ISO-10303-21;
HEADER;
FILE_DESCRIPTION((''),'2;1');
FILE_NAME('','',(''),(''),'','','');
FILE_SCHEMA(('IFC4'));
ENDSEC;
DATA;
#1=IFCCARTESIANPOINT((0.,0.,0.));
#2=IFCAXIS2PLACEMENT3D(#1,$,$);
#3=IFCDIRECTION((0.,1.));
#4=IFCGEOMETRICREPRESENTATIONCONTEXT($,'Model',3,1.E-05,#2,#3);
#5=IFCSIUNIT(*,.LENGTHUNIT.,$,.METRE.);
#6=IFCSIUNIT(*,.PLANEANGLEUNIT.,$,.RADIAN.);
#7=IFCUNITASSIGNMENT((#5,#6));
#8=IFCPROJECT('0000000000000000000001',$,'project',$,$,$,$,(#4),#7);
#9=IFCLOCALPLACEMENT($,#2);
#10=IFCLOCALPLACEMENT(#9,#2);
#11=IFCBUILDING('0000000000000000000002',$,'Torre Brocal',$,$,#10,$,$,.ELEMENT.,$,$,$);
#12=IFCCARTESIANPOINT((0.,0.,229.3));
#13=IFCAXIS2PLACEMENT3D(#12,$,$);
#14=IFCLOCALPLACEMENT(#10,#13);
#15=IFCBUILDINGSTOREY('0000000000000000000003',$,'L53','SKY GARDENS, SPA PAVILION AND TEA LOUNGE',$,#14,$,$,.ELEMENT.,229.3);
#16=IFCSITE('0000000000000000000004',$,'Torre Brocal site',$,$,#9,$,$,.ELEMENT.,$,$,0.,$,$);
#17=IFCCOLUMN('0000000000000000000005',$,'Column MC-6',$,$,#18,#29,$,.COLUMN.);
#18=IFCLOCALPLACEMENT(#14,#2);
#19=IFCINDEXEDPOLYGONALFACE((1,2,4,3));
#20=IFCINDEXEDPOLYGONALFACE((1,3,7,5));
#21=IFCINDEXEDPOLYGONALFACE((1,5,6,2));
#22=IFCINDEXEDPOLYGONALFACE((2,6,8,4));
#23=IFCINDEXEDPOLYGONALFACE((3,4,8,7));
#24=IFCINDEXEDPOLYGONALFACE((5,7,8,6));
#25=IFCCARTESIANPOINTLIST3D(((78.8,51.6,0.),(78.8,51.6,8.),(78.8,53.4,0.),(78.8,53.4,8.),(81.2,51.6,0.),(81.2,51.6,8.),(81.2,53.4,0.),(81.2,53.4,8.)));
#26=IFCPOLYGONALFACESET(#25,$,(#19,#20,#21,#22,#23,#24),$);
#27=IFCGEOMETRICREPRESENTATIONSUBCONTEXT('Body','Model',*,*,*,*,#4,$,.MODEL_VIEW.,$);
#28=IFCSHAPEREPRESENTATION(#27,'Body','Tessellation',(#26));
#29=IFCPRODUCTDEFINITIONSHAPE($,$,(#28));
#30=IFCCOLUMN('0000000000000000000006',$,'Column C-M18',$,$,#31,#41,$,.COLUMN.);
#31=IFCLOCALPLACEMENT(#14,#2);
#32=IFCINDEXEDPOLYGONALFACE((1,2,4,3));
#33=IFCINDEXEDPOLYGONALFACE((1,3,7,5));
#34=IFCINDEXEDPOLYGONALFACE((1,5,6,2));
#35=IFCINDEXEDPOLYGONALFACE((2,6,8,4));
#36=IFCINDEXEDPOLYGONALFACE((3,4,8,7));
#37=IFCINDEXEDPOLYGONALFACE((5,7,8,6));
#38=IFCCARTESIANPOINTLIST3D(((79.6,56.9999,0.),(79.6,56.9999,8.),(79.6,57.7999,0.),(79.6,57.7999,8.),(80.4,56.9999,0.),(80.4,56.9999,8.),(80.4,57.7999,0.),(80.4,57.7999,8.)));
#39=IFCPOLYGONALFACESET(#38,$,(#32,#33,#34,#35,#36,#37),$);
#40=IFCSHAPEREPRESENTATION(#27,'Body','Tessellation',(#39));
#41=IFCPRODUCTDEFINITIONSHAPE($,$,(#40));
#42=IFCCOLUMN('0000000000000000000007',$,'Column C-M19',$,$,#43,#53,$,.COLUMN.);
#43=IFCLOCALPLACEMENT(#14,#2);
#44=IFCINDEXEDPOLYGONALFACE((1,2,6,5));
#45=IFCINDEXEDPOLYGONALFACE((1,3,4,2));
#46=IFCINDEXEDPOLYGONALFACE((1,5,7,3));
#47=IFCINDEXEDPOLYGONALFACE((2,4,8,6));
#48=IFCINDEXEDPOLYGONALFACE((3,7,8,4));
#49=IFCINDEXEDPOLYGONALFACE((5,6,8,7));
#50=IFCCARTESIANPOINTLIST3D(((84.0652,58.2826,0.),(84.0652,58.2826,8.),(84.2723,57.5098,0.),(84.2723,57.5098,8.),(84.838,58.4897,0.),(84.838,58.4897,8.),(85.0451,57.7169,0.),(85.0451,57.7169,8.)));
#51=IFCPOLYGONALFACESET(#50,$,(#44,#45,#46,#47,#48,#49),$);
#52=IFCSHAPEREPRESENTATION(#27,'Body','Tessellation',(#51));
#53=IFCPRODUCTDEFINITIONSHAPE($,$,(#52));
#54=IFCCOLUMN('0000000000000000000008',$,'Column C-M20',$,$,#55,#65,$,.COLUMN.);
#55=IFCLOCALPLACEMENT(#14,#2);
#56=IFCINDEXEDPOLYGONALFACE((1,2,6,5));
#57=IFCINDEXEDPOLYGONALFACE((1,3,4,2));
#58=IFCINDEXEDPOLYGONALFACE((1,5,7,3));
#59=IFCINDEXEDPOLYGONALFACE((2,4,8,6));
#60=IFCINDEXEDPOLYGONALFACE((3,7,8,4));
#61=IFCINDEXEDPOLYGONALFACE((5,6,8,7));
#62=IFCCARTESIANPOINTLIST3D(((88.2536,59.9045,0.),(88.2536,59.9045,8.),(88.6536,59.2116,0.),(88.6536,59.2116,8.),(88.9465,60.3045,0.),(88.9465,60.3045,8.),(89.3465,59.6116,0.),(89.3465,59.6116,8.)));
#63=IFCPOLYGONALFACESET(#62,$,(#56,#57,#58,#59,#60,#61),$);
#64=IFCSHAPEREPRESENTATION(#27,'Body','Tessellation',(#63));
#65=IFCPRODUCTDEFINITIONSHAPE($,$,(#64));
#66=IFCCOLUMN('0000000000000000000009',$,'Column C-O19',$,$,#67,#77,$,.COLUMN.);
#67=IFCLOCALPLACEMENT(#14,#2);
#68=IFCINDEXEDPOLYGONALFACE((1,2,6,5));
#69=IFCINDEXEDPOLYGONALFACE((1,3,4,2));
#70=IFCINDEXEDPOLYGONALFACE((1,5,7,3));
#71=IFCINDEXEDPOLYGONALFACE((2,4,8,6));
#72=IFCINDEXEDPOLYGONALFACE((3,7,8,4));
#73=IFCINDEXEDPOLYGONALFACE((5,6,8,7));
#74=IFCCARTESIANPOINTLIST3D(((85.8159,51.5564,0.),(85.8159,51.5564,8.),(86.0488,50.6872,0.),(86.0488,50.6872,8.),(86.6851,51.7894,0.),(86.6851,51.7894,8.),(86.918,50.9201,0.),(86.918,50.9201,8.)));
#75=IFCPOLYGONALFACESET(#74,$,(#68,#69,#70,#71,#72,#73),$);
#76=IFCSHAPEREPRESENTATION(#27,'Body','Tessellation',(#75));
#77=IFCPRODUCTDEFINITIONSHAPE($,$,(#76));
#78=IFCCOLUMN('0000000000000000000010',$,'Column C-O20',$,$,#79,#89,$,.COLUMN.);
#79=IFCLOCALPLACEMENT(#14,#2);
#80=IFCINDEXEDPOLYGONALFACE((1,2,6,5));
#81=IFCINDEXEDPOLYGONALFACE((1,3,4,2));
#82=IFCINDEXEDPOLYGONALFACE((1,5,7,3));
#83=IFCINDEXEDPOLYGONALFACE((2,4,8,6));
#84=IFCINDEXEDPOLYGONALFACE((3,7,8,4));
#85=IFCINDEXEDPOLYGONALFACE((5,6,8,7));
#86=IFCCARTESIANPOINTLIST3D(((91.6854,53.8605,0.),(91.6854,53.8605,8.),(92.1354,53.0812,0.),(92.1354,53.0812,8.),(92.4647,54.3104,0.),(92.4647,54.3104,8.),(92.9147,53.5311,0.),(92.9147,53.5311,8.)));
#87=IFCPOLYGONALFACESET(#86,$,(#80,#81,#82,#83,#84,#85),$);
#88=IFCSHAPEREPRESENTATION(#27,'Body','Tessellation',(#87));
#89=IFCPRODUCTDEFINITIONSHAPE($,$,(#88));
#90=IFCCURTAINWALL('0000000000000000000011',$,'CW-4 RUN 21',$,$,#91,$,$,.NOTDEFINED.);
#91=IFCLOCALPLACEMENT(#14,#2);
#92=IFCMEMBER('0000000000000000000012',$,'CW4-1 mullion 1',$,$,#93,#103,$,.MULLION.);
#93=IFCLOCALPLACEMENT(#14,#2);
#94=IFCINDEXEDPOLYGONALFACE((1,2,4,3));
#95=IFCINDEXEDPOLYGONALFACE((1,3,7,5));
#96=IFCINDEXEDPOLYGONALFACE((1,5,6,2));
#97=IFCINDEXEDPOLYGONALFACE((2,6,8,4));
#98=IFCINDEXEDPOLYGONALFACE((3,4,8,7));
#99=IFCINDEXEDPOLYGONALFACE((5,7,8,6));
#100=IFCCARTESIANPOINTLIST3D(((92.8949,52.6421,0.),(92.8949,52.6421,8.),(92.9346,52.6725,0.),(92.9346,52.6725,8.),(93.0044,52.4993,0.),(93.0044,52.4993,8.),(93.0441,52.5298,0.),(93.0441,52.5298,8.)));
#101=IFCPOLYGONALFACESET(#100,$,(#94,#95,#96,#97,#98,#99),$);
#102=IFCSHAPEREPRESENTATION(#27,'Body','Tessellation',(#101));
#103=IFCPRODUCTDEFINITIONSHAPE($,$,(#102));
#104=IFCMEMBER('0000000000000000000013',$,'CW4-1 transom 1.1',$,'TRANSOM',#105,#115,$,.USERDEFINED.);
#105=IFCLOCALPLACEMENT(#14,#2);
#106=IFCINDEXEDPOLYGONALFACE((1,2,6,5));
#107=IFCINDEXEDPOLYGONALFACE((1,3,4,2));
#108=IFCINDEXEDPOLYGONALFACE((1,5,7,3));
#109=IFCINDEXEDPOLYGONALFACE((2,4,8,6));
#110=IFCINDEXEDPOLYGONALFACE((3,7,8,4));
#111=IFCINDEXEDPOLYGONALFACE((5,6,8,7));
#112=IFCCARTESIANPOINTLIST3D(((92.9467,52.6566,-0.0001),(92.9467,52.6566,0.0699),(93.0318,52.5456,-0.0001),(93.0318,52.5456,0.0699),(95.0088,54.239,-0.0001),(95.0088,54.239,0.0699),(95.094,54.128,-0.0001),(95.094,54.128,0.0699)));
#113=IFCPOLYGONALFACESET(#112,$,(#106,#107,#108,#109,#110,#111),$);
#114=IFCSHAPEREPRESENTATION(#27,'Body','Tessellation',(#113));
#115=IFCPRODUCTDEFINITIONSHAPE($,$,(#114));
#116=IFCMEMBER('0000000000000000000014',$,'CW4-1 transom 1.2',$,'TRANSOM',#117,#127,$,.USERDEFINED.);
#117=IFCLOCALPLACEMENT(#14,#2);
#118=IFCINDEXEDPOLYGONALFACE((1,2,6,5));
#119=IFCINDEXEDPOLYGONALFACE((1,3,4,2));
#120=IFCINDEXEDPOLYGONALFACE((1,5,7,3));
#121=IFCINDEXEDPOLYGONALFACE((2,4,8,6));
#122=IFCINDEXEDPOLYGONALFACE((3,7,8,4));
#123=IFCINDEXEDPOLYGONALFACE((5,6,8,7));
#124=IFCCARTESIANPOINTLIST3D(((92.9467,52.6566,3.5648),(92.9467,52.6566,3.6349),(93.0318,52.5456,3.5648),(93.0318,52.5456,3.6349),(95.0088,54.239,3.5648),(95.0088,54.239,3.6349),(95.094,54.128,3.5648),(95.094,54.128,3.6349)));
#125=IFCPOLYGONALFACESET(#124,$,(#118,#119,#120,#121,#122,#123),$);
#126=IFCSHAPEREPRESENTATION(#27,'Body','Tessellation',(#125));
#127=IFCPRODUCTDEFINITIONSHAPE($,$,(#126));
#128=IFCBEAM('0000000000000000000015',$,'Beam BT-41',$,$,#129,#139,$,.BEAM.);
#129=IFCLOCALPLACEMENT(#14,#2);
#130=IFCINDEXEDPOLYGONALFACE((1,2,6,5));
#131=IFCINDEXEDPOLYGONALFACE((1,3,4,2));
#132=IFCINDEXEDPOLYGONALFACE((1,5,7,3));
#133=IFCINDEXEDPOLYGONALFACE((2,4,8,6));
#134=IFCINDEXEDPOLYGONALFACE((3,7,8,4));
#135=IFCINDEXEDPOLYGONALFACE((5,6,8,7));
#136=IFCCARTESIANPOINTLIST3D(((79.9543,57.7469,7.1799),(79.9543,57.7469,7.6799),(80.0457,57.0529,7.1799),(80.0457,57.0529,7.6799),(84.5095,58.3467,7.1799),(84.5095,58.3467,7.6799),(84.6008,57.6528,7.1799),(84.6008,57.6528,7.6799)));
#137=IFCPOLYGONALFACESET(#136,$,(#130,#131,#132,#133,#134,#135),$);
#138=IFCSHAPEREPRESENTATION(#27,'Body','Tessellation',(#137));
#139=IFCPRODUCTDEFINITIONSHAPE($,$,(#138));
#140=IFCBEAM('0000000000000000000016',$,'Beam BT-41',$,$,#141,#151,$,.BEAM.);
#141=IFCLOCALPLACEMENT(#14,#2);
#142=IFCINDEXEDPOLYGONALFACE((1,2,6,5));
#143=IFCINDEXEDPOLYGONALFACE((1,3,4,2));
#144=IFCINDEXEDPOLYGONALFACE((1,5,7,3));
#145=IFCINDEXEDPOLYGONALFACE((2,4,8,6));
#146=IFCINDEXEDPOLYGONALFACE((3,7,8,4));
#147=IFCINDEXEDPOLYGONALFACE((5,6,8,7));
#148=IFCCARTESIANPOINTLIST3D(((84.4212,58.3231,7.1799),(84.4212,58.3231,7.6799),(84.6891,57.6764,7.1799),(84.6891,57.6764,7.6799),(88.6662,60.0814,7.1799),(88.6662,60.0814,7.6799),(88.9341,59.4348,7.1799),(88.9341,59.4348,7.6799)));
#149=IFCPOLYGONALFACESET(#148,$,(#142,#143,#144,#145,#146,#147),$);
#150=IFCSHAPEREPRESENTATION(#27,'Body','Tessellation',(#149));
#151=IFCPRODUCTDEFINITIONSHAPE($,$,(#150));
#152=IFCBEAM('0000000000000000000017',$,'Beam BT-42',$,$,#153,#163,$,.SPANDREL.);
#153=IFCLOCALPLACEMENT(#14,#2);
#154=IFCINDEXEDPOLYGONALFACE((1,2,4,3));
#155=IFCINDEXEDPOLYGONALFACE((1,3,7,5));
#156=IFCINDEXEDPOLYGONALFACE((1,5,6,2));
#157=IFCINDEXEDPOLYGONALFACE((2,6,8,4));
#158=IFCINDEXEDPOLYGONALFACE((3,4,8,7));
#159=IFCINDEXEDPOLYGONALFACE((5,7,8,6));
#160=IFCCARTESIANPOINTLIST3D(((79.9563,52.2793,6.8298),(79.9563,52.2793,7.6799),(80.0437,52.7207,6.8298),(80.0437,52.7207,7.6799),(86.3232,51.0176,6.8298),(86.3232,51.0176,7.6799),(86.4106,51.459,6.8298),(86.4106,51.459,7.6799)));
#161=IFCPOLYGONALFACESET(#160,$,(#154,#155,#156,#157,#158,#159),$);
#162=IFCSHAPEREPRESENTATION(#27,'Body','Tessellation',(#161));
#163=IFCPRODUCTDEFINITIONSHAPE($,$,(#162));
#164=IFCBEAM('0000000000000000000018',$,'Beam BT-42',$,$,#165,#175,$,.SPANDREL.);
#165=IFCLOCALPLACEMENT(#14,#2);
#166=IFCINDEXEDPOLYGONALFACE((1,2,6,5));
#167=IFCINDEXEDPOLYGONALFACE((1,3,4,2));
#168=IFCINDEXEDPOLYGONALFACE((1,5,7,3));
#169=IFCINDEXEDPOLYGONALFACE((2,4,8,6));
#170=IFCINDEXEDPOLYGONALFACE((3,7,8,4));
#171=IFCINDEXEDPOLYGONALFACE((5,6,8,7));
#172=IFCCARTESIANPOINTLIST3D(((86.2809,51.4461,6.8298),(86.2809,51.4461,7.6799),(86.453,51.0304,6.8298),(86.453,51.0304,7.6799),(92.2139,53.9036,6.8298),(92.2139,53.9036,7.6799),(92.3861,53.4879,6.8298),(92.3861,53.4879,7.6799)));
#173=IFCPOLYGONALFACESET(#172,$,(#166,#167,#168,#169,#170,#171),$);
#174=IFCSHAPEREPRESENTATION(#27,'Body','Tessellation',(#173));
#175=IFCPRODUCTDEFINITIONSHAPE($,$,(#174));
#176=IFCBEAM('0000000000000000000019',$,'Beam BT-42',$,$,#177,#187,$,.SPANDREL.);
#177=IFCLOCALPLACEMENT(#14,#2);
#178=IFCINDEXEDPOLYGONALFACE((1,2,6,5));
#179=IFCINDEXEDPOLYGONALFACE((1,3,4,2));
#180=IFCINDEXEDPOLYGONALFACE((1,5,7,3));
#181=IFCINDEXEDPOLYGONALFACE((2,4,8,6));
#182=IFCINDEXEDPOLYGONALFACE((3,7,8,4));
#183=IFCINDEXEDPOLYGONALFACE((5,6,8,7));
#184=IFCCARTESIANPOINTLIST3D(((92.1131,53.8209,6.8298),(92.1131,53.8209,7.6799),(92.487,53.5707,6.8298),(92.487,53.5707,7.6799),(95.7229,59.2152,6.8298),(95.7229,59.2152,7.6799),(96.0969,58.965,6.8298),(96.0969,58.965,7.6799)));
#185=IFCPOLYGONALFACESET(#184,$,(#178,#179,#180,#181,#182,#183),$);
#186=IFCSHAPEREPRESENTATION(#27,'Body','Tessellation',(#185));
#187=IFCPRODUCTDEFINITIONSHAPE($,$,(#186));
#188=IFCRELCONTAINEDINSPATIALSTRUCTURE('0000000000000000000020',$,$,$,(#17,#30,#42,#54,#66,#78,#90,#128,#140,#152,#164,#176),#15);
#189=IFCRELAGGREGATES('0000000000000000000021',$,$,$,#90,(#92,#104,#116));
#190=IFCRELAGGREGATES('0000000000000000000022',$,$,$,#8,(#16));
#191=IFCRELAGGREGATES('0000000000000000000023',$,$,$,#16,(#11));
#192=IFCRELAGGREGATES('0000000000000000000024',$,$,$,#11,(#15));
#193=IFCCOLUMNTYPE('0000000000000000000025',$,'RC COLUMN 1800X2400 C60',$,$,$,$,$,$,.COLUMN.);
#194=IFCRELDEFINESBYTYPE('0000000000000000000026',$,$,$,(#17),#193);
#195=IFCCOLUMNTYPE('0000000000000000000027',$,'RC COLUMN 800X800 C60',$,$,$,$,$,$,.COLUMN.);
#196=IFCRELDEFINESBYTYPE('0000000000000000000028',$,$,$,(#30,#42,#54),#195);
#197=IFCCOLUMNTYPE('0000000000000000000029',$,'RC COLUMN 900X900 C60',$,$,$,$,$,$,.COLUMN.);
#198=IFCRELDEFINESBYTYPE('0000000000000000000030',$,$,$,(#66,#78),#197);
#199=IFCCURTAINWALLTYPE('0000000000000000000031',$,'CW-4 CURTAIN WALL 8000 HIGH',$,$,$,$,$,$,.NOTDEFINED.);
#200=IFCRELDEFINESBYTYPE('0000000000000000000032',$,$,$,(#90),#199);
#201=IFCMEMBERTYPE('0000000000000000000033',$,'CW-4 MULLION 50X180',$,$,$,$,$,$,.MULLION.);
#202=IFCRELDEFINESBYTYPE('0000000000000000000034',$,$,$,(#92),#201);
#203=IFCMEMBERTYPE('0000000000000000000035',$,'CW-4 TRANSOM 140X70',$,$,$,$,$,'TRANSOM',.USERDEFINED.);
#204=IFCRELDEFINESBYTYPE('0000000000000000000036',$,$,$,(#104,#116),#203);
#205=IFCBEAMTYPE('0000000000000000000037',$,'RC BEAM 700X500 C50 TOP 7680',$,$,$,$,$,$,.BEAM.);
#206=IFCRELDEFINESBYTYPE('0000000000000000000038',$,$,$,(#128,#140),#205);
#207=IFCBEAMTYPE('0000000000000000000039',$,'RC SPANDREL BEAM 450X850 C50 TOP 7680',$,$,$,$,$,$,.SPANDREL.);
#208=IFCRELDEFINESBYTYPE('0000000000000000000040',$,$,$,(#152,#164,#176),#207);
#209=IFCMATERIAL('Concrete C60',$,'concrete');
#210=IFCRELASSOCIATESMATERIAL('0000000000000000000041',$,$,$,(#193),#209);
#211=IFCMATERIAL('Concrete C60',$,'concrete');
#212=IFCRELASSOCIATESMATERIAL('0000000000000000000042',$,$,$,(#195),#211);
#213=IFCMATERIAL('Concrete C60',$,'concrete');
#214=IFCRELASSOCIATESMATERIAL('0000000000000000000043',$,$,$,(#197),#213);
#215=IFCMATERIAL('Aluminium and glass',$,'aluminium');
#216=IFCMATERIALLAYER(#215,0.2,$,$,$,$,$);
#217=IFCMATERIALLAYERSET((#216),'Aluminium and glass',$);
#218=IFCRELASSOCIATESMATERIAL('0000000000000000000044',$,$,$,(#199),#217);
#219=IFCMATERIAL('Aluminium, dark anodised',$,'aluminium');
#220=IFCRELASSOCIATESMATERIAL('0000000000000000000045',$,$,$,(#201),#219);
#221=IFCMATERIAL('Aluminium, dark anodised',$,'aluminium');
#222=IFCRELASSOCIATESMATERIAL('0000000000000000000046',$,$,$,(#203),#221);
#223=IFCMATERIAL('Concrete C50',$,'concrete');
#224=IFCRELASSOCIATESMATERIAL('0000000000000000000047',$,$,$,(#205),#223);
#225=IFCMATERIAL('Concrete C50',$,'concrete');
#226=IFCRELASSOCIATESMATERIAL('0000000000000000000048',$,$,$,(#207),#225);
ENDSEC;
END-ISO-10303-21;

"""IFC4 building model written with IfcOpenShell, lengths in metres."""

from ifc_helpers import new_model, si_unit, direction, frame, origin, origin_2d, place, context, subcontext, project, spatial, rectangle, extrude, material, layer, layer_set, material_profile, profile_set, type_object, element, aggregate, save


model = new_model("IFC4")

# Units and contexts
model_context = context("Model", 3, precision=1e-05, world=origin(), true_north=direction((0.0, 1.0)))
body_context = subcontext(model_context, "Body", "Model", "MODEL_VIEW")
ifc_project = project(units=[si_unit("LENGTHUNIT", "METRE"), si_unit("PLANEANGLEUNIT", "RADIAN")], contexts=[model_context])

# Site, building, storey
site_placement = place(None, origin())
site = spatial("IfcSite", under=ifc_project, at=site_placement, Name="Torre Brocal site", CompositionType="ELEMENT", RefElevation=0.0)
building_placement = place(site_placement, origin())
building = spatial("IfcBuilding", under=site, at=building_placement, Name="Torre Brocal", CompositionType="ELEMENT")
storey_placement = place(building_placement, frame((0.0, 0.0, 229.3)))
storey = spatial("IfcBuildingStorey", under=building, at=storey_placement, Name="L53", Description="SKY GARDENS, SPA PAVILION AND TEA LOUNGE", CompositionType="ELEMENT", Elevation=229.3)

# Columns
ifc_material_1 = material(Name="Concrete C60", Category="concrete")
ifc_material_profile_1 = material_profile(ifc_material_1, rectangle(XDim=1.8, YDim=2.3999, at=origin_2d()), Name="RC 1800X2400")
ifc_profile_set_1 = profile_set([ifc_material_profile_1], Name="Concrete C60")
column_type_1 = type_object("IfcColumnType", Name="RC COLUMN 1800X2400 C60", PredefinedType="COLUMN", material=ifc_profile_set_1)
column_placement = place(storey_placement, frame((80.0, 52.5, 0.0), z_axis=(0.0, 0.0, 1.0), x_axis=(0.0, -1.0, 0.0)))
element("IfcColumn", 1, at=column_placement, inside=storey, type_object=column_type_1, Name="Column MC-6", PredefinedType="COLUMN", context=body_context, shape_type="SweptSolid", body=[
    extrude(rectangle(XDim=1.8, YDim=2.3999, at=origin_2d()), origin(), (0.0, 0.0, 1.0), 8.0),
])
ifc_material_2 = material(Name="Concrete C60", Category="concrete")
ifc_material_profile_2 = material_profile(ifc_material_2, rectangle(XDim=0.8, YDim=0.8, at=origin_2d()), Name="RC 800X800")
ifc_profile_set_2 = profile_set([ifc_material_profile_2], Name="Concrete C60")
column_type_2 = type_object("IfcColumnType", Name="RC COLUMN 800X800 C60", PredefinedType="COLUMN", material=ifc_profile_set_2)
for number, where, z_axis, x_axis, name in (
    (2, (80.0, 57.3999, 0.0), (0.0, 0.0, 1.0), (0.0, -1.0, 0.0), "Column C-M18"),
    (3, (84.5552, 57.9998, 0.0), (0.0, 0.0, 1.0), (0.258819, -0.965926, 0.0), "Column C-M19"),
    (4, (88.8, 59.7581, 0.0), (0.0, 0.0, 1.0), (0.5, -0.866025, 0.0), "Column C-M20"),
):
    element("IfcColumn", number, at=place(storey_placement, frame(where, z_axis=z_axis, x_axis=x_axis)), inside=storey, type_object=column_type_2, Name=name, PredefinedType="COLUMN", context=body_context, shape_type="SweptSolid", body=[
        extrude(rectangle(XDim=0.8, YDim=0.8, at=origin_2d()), origin(), (0.0, 0.0, 1.0), 8.0),
    ])
ifc_material_3 = material(Name="Concrete C60", Category="concrete")
ifc_material_profile_3 = material_profile(ifc_material_3, rectangle(XDim=0.8999, YDim=0.8999, at=origin_2d()), Name="RC 900X900")
ifc_profile_set_3 = profile_set([ifc_material_profile_3], Name="Concrete C60")
column_type_3 = type_object("IfcColumnType", Name="RC COLUMN 900X900 C60", PredefinedType="COLUMN", material=ifc_profile_set_3)
for number, where, z_axis, x_axis, name in (
    (5, (86.3669, 51.2383, 0.0), (0.0, 0.0, 1.0), (0.258819, -0.965926, 0.0), "Column C-O19"),
    (6, (92.3, 53.6958, 0.0), (0.0, 0.0, 1.0), (0.5, -0.866025, 0.0), "Column C-O20"),
):
    element("IfcColumn", number, at=place(storey_placement, frame(where, z_axis=z_axis, x_axis=x_axis)), inside=storey, type_object=column_type_3, Name=name, PredefinedType="COLUMN", context=body_context, shape_type="SweptSolid", body=[
        extrude(rectangle(XDim=0.8999, YDim=0.8999, at=origin_2d()), origin(), (0.0, 0.0, 1.0), 8.0),
    ])

# Curtain wall, members
ifc_material_4 = material(Name="Aluminium and glass", Category="aluminium")
ifc_layer_1 = layer(ifc_material_4, 0.2)
ifc_layer_set_1 = layer_set([ifc_layer_1], Name="Aluminium and glass")
curtain_wall_type = type_object("IfcCurtainWallType", Name="CW-4 CURTAIN WALL 8000 HIGH", PredefinedType="NOTDEFINED", material=ifc_layer_set_1)
curtain_wall_placement = place(storey_placement, origin())
curtain_wall = element("IfcCurtainWall", 7, at=curtain_wall_placement, inside=storey, type_object=curtain_wall_type, Name="CW-4 RUN 21", PredefinedType="NOTDEFINED")
ifc_material_5 = material(Name="Aluminium, dark anodised", Category="aluminium")
ifc_material_profile_4 = material_profile(ifc_material_5, rectangle(XDim=0.1799, YDim=0.05, at=origin_2d()), Name="CW-4 MULLION 50X180")
ifc_profile_set_4 = profile_set([ifc_material_profile_4], Name="Aluminium, dark anodised")
member_type_1 = type_object("IfcMemberType", Name="CW-4 MULLION 50X180", PredefinedType="MULLION", material=ifc_profile_set_4)
member_1_placement = place(storey_placement, frame((92.9695, 52.5859, 0.0), z_axis=(0.0, 0.0, 1.0), x_axis=(-0.608761, 0.793353, 0.0)))
member_1 = element("IfcMember", 8, at=member_1_placement, type_object=member_type_1, Name="CW4-1 mullion 1", PredefinedType="MULLION", context=body_context, shape_type="SweptSolid", body=[
    extrude(rectangle(XDim=0.1799, YDim=0.05, at=origin_2d()), origin(), (0.0, 0.0, 1.0), 8.0),
])
ifc_material_6 = material(Name="Aluminium, dark anodised", Category="aluminium")
ifc_material_profile_5 = material_profile(ifc_material_6, rectangle(XDim=0.1399, YDim=0.0701, at=origin_2d()), Name="CW-4 TRANSOM 140X70")
ifc_profile_set_5 = profile_set([ifc_material_profile_5], Name="Aluminium, dark anodised")
member_type_2 = type_object("IfcMemberType", Name="CW-4 TRANSOM 140X70", ElementType="TRANSOM", PredefinedType="USERDEFINED", material=ifc_profile_set_5)
member_2_placement = place(storey_placement, frame((92.9893, 52.6011, 0.0349), z_axis=(0.793336, 0.608784, 0.0), x_axis=(-0.608784, 0.793336, 0.0)))
member_2 = element("IfcMember", 9, at=member_2_placement, type_object=member_type_2, Name="CW4-1 transom 1.1", ObjectType="TRANSOM", PredefinedType="USERDEFINED", context=body_context, shape_type="SweptSolid", body=[
    extrude(rectangle(XDim=0.1399, YDim=0.0701, at=origin_2d()), origin(), (0.0, 0.0, 1.0), 2.5994),
])
member_3_placement = place(storey_placement, frame((92.9893, 52.6011, 3.5999), z_axis=(0.793336, 0.608784, 0.0), x_axis=(-0.608784, 0.793336, 0.0)))
member_3 = element("IfcMember", 10, at=member_3_placement, type_object=member_type_2, Name="CW4-1 transom 1.2", ObjectType="TRANSOM", PredefinedType="USERDEFINED", context=body_context, shape_type="SweptSolid", body=[
    extrude(rectangle(XDim=0.1399, YDim=0.0701, at=origin_2d()), origin(), (0.0, 0.0, 1.0), 2.5994),
])

# Beams
ifc_material_7 = material(Name="Concrete C50", Category="concrete")
ifc_material_profile_6 = material_profile(ifc_material_7, rectangle(XDim=0.7, YDim=0.5, at=origin_2d()), Name="RC 700X500")
ifc_profile_set_6 = profile_set([ifc_material_profile_6], Name="Concrete C50")
beam_type_1 = type_object("IfcBeamType", Name="RC BEAM 700X500 C50 TOP 7680", PredefinedType="BEAM", material=ifc_profile_set_6)
beam_1_placement = place(storey_placement, frame((80.0, 57.3999, 7.4299), z_axis=(0.991441, 0.130559, 0.0), x_axis=(-0.130559, 0.991441, 0.0)))
element("IfcBeam", 11, at=beam_1_placement, inside=storey, type_object=beam_type_1, Name="Beam BT-41", PredefinedType="BEAM", context=body_context, shape_type="SweptSolid", body=[
    extrude(rectangle(XDim=0.7, YDim=0.5, at=origin_2d()), origin(), (0.0, 0.0, 1.0), 4.5945),
])
beam_2_placement = place(storey_placement, frame((84.5552, 57.9998, 7.4299), z_axis=(0.923878, 0.382687, 0.0), x_axis=(-0.382687, 0.923878, 0.0)))
element("IfcBeam", 12, at=beam_2_placement, inside=storey, type_object=beam_type_1, Name="Beam BT-41", PredefinedType="BEAM", context=body_context, shape_type="SweptSolid", body=[
    extrude(rectangle(XDim=0.7, YDim=0.5, at=origin_2d()), origin(), (0.0, 0.0, 1.0), 4.5947),
])
ifc_material_8 = material(Name="Concrete C50", Category="concrete")
ifc_material_profile_7 = material_profile(ifc_material_8, rectangle(XDim=0.45, YDim=0.8501, at=origin_2d()), Name="RC 450X850")
ifc_profile_set_7 = profile_set([ifc_material_profile_7], Name="Concrete C50")
beam_type_2 = type_object("IfcBeamType", Name="RC SPANDREL BEAM 450X850 C50 TOP 7680", PredefinedType="SPANDREL", material=ifc_profile_set_7)
beam_3_placement = place(storey_placement, frame((80.0, 52.5, 7.2549), z_axis=(0.980925, -0.194387, 0.0), x_axis=(0.194387, 0.980925, 0.0)))
element("IfcBeam", 13, at=beam_3_placement, inside=storey, type_object=beam_type_2, Name="Beam BT-42", PredefinedType="SPANDREL", context=body_context, shape_type="SweptSolid", body=[
    extrude(rectangle(XDim=0.45, YDim=0.8501, at=origin_2d()), origin(), (0.0, 0.0, 1.0), 6.4907),
])
beam_4_placement = place(storey_placement, frame((86.3669, 51.2383, 7.2549), z_axis=(0.923882, 0.382676, 0.0), x_axis=(-0.382676, 0.923882, 0.0)))
element("IfcBeam", 14, at=beam_4_placement, inside=storey, type_object=beam_type_2, Name="Beam BT-42", PredefinedType="SPANDREL", context=body_context, shape_type="SweptSolid", body=[
    extrude(rectangle(XDim=0.45, YDim=0.8501, at=origin_2d()), origin(), (0.0, 0.0, 1.0), 6.4219),
])
beam_5_placement = place(storey_placement, frame((92.3, 53.6958, 7.2549), z_axis=(0.556158, 0.831077, 0.0), x_axis=(-0.831077, 0.556158, 0.0)))
element("IfcBeam", 15, at=beam_5_placement, inside=storey, type_object=beam_type_2, Name="Beam BT-42", PredefinedType="SPANDREL", context=body_context, shape_type="SweptSolid", body=[
    extrude(rectangle(XDim=0.45, YDim=0.8501, at=origin_2d()), origin(), (0.0, 0.0, 1.0), 6.4907),
])

aggregate(curtain_wall, [member_1, member_2, member_3])

save(model, "model.ifc")
